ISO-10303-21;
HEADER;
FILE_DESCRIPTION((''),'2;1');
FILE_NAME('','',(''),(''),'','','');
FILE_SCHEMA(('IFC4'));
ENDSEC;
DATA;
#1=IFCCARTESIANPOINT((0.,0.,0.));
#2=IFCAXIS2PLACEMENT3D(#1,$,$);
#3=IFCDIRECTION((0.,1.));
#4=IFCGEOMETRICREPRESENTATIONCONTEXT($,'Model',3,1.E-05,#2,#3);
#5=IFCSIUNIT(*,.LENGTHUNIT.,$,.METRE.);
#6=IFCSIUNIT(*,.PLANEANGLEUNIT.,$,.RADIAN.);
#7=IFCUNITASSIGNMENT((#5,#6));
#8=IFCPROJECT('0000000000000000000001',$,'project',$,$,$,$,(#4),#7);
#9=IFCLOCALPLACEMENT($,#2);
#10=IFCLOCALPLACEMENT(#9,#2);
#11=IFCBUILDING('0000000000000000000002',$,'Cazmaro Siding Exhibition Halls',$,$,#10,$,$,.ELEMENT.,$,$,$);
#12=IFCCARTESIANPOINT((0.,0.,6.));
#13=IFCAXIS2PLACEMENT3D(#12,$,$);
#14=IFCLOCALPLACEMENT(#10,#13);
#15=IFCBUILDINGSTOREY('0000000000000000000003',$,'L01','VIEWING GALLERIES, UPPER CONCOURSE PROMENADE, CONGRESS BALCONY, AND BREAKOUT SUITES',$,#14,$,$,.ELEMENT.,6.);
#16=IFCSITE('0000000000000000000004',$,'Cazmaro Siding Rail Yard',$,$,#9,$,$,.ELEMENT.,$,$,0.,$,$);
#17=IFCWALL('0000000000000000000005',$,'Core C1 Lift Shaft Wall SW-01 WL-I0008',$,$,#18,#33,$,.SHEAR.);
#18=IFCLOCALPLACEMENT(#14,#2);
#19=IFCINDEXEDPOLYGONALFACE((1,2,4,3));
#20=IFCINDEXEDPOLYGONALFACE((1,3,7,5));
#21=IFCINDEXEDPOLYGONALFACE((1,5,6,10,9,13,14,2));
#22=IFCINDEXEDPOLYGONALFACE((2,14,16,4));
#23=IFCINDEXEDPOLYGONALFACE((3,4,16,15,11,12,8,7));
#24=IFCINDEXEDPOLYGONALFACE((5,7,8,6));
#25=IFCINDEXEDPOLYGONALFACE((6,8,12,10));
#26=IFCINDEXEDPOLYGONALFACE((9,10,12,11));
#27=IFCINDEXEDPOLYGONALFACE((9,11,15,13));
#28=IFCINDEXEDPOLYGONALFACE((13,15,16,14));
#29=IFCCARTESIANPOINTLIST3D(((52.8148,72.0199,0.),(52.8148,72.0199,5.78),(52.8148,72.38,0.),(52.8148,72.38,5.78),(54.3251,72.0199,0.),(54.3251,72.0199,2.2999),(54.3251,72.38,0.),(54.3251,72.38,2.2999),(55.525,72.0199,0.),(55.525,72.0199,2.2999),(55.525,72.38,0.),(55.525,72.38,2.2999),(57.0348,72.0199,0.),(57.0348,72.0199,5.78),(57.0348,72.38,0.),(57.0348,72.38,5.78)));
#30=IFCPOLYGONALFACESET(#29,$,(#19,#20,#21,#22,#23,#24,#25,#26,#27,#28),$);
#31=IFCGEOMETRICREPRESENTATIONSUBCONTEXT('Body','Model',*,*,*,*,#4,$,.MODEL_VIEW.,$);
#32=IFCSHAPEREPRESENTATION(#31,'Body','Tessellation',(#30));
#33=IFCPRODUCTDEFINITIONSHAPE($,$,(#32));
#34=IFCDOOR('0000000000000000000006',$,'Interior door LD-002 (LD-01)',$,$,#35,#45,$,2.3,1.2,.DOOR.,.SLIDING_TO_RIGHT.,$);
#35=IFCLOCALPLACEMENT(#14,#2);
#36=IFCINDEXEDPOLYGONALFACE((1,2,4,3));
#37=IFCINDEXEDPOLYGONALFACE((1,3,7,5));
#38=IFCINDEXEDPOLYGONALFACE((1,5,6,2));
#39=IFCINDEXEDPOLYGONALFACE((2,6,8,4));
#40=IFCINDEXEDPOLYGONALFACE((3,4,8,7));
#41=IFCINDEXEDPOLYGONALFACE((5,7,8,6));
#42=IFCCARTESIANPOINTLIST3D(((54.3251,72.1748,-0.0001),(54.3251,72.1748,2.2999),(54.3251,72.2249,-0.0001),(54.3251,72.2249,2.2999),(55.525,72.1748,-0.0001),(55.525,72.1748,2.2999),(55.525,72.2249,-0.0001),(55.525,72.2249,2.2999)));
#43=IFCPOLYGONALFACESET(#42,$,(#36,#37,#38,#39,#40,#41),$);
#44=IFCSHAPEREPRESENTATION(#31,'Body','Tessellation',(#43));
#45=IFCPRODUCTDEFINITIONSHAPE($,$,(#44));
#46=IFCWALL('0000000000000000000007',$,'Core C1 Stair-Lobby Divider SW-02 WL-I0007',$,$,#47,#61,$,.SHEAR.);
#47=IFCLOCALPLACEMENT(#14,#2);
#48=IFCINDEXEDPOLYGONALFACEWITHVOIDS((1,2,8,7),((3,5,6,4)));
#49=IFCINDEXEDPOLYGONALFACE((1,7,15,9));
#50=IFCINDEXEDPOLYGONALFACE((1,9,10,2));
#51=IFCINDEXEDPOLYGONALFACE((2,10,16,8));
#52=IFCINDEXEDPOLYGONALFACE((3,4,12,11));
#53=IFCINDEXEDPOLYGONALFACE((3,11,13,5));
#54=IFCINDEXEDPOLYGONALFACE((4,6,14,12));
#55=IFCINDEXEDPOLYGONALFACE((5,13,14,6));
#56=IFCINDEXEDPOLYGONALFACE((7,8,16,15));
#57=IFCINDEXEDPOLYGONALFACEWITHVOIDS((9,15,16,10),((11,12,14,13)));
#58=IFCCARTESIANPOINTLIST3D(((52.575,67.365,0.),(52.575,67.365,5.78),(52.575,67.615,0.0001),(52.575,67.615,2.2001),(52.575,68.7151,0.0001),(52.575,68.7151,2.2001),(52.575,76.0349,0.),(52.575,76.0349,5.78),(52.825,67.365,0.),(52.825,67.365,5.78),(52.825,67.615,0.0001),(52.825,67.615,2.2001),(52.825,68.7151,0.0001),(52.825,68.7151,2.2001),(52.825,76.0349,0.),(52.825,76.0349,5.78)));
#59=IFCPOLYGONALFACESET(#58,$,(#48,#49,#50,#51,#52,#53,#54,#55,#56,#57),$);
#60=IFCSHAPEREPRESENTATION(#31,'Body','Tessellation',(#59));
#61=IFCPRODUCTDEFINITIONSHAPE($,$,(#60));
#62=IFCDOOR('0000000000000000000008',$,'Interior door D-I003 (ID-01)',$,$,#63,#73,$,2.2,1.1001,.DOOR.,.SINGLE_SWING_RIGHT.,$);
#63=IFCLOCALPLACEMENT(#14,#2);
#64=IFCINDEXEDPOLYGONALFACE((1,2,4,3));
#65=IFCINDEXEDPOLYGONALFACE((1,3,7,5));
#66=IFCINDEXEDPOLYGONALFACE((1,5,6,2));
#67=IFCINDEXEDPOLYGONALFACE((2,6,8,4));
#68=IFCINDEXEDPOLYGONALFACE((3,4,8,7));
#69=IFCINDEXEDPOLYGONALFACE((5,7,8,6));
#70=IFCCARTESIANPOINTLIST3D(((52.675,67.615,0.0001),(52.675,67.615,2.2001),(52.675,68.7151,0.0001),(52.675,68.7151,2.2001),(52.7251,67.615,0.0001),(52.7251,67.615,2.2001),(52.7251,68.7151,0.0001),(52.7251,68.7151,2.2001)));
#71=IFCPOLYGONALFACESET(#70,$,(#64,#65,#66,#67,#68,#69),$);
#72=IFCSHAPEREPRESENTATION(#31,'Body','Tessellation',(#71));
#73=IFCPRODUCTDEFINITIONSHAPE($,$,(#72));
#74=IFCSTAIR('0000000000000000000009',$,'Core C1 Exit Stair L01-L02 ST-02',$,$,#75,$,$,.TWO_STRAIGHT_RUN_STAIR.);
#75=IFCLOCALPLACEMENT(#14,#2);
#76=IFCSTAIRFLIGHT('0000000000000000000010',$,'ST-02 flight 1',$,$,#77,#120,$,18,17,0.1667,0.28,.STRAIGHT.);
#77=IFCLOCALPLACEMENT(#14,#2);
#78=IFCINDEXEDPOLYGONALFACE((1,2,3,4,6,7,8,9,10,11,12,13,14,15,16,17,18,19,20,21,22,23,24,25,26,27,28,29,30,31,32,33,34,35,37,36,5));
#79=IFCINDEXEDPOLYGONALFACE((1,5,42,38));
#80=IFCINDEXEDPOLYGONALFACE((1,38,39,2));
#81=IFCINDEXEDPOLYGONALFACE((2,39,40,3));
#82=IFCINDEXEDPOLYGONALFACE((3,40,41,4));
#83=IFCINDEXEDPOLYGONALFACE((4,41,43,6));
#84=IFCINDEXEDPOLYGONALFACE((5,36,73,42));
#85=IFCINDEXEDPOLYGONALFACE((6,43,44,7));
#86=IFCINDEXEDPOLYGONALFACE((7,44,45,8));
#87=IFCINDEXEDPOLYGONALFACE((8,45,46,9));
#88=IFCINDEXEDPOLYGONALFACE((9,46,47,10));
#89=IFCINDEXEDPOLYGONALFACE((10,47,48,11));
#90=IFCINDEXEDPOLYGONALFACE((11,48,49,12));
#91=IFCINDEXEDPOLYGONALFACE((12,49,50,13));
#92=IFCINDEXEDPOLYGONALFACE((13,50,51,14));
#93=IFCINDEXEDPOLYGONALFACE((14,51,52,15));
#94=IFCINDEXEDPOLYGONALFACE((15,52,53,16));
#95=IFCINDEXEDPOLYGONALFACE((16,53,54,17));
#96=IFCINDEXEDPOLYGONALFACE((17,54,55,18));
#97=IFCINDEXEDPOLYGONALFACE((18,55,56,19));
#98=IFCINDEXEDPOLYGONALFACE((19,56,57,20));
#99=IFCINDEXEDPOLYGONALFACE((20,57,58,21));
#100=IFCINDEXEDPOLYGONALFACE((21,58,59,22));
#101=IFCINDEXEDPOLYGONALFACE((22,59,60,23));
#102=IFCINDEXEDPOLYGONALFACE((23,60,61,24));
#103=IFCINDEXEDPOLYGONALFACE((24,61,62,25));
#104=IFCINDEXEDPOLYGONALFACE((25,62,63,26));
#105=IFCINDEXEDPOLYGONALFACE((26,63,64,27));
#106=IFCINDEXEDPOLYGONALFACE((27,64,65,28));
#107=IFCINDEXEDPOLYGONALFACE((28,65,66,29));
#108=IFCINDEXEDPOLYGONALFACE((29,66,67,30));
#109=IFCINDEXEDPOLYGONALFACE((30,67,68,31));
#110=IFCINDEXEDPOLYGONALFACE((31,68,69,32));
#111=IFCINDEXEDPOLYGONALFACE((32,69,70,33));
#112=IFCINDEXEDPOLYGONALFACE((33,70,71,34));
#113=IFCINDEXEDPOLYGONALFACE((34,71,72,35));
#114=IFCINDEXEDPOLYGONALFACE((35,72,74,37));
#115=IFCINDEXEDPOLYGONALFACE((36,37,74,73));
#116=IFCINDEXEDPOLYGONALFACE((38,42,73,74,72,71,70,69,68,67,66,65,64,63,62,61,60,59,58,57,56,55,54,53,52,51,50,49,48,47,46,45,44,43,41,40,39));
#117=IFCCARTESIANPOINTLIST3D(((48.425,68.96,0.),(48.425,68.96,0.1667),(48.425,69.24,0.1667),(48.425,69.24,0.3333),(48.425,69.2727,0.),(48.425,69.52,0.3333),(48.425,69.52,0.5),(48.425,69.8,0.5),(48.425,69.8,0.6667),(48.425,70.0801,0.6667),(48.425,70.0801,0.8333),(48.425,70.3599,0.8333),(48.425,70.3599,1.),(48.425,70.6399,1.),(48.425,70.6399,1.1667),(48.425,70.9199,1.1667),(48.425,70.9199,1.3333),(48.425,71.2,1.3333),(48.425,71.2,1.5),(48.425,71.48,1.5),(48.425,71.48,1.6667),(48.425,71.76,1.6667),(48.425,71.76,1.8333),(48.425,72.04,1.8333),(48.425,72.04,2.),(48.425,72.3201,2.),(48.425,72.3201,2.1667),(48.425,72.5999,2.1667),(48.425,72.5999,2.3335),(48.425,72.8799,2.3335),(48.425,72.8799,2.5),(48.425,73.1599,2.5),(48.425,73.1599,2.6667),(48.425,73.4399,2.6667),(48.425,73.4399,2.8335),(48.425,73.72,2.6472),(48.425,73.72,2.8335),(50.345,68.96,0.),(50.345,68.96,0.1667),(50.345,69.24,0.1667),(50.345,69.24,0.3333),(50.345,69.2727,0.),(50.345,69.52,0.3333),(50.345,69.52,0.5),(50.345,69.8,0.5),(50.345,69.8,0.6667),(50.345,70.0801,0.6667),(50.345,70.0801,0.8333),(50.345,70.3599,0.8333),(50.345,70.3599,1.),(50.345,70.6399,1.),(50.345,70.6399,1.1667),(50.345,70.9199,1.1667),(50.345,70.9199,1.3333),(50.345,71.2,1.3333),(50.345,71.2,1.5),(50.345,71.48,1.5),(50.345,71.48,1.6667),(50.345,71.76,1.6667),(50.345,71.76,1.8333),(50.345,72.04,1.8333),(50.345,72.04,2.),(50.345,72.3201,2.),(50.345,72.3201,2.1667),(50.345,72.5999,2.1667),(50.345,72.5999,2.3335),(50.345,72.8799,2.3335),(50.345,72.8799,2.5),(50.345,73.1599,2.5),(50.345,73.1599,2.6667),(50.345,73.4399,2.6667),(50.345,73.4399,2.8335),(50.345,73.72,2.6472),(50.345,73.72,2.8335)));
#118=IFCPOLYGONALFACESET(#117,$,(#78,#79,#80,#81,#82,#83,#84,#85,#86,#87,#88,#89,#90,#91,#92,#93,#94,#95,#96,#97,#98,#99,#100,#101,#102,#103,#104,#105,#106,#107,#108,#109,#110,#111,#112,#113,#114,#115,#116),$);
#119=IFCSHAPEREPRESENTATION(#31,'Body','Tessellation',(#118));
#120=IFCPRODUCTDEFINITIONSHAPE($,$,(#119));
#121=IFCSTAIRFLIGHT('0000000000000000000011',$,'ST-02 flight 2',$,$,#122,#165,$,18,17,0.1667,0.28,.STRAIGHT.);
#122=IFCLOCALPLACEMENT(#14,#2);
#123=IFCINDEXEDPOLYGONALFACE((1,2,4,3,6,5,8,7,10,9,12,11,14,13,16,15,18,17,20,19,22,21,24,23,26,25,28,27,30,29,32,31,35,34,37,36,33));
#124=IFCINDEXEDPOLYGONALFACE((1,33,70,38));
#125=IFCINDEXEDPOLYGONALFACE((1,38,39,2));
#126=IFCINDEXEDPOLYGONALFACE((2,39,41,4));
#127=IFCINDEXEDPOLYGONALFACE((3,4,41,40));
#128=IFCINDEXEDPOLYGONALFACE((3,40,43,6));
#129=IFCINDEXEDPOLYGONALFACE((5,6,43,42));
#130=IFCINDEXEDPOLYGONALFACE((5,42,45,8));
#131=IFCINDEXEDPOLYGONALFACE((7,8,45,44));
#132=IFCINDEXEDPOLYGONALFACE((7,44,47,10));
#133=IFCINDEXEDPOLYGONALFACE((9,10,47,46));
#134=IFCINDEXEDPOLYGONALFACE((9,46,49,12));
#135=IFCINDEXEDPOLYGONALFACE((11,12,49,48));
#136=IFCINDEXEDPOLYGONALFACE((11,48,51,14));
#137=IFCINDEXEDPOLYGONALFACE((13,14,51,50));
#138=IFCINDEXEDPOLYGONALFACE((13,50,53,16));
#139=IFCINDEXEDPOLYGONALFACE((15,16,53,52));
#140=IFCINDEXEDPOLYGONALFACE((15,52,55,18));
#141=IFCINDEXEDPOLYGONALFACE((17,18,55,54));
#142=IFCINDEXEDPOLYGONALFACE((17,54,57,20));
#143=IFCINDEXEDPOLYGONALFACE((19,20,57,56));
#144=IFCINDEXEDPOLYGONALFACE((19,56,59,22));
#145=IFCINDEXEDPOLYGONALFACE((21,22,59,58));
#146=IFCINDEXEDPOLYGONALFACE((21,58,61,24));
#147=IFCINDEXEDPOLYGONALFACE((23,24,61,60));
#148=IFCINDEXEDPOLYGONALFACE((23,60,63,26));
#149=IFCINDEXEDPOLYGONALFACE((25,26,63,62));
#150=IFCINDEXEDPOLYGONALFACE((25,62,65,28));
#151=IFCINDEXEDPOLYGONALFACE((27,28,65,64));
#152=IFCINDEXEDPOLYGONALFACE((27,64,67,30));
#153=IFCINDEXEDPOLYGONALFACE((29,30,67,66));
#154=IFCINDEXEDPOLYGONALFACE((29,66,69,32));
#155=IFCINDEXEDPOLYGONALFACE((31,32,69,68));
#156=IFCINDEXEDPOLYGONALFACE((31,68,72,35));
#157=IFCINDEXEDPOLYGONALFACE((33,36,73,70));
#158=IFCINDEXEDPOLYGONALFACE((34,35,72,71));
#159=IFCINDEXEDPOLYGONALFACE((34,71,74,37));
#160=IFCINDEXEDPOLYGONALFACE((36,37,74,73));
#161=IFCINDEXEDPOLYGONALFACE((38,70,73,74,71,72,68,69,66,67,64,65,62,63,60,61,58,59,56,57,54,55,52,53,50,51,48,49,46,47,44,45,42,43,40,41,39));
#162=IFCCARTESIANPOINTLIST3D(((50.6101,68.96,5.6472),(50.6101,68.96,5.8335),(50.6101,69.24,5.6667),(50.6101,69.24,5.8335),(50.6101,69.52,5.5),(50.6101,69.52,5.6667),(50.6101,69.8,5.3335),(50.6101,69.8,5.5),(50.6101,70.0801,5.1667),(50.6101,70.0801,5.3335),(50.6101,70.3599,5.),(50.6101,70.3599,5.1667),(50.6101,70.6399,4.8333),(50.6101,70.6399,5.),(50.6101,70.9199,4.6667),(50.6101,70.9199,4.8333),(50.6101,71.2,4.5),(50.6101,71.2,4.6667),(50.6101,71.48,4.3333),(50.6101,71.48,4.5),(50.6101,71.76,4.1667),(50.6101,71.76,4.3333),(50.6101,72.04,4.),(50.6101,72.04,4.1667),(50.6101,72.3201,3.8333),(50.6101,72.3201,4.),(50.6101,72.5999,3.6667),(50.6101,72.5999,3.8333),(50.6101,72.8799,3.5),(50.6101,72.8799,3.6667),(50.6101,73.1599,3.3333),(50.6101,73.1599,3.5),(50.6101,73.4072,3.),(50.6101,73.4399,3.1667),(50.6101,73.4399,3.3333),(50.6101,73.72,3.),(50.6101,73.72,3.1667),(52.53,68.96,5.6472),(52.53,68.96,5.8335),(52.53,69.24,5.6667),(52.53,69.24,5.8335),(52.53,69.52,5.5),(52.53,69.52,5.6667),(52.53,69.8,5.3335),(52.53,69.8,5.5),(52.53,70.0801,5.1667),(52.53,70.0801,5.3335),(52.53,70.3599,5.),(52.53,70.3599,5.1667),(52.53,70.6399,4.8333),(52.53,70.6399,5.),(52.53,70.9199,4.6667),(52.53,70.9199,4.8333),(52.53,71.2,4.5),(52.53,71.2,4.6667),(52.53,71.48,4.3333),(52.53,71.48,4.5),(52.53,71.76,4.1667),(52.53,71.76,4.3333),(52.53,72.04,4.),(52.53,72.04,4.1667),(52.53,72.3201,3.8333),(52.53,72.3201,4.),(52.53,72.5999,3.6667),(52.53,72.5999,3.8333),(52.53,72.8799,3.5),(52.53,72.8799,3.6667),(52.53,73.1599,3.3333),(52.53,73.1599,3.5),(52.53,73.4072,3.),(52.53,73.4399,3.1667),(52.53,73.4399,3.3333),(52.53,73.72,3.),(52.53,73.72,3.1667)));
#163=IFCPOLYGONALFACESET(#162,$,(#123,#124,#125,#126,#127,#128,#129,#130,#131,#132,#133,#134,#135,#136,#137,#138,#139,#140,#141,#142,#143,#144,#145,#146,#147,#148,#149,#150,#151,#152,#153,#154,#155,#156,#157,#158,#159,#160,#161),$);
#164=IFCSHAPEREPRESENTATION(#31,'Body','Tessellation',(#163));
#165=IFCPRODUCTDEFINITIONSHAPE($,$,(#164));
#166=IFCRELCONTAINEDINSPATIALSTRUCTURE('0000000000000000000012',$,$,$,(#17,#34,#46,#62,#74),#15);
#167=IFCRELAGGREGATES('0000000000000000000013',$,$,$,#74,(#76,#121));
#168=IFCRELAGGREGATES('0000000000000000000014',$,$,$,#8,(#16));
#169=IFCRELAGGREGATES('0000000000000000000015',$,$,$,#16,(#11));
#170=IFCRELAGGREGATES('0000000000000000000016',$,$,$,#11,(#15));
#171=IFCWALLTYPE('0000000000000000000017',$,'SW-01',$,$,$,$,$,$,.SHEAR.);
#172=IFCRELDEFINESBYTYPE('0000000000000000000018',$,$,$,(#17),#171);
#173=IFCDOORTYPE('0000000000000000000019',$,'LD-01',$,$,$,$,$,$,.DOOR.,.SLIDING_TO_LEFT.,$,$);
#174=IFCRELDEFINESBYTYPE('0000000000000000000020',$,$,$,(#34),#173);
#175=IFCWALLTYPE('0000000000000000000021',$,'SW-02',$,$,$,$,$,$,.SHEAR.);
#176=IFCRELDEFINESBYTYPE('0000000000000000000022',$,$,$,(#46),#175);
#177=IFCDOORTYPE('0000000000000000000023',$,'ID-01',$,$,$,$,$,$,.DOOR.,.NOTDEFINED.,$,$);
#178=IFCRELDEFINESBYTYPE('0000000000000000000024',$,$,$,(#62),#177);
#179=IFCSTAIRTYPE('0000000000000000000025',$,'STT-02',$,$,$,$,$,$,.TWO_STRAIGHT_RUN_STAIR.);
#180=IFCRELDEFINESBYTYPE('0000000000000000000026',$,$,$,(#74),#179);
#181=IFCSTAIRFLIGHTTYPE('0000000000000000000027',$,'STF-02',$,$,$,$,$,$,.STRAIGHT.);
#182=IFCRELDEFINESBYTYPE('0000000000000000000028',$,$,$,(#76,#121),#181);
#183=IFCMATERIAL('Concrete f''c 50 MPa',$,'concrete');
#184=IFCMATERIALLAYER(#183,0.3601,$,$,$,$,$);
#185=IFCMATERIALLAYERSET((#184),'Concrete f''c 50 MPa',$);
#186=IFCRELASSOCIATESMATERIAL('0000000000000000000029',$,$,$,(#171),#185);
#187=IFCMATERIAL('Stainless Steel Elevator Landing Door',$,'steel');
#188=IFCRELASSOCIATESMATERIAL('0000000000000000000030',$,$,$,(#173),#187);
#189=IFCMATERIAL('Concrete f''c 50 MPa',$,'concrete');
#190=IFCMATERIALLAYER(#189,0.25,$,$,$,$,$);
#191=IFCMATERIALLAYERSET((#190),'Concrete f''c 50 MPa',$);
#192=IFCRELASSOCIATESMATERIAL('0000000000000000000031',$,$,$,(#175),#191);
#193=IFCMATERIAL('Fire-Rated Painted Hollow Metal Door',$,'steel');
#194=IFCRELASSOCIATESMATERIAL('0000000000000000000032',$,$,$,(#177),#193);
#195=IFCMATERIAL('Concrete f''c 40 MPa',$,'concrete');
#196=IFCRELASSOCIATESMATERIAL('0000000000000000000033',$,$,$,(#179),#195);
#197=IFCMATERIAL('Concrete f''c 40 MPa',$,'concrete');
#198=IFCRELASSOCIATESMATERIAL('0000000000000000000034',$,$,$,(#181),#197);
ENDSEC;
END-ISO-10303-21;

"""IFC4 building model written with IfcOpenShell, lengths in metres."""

from ifc_helpers import new_model, si_unit, direction, frame, frame_2d, origin, place, context, subcontext, project, spatial, polyline, rectangle, outline, extrude, material, layer, layer_set, type_object, element, fill, aggregate, save


model = new_model("IFC4")

# Units and contexts
model_context = context("Model", 3, precision=1e-05, world=origin(), true_north=direction((0.0, 1.0)))
body_context = subcontext(model_context, "Body", "Model", "MODEL_VIEW")
ifc_project = project(units=[si_unit("LENGTHUNIT", "METRE"), si_unit("PLANEANGLEUNIT", "RADIAN")], contexts=[model_context])

# Site, building, storey
site_placement = place(None, origin())
site = spatial("IfcSite", under=ifc_project, at=site_placement, Name="Cazmaro Siding Rail Yard", CompositionType="ELEMENT", RefElevation=0.0)
building_placement = place(site_placement, origin())
building = spatial("IfcBuilding", under=site, at=building_placement, Name="Cazmaro Siding Exhibition Halls", CompositionType="ELEMENT")
storey_placement = place(building_placement, frame((0.0, 0.0, 6.0)))
storey = spatial("IfcBuildingStorey", under=building, at=storey_placement, Name="L01", Description="VIEWING GALLERIES, UPPER CONCOURSE PROMENADE, CONGRESS BALCONY, AND BREAKOUT SUITES", CompositionType="ELEMENT", Elevation=6.0)

# Shared definitions
ifc_material_1 = material(Name="Concrete f'c 50 MPa", Category="concrete")
ifc_layer_1 = layer(ifc_material_1, 0.3601)
ifc_layer_set_1 = layer_set([ifc_layer_1], Name="Concrete f'c 50 MPa")
wall_type_1 = type_object("IfcWallType", Name="SW-01", PredefinedType="SHEAR", material=ifc_layer_set_1)

# Walls, openings, doors
wall_1_placement = place(storey_placement, frame((52.8149, 72.2, 0.0), z_axis=(0.0, 0.0, 1.0), x_axis=(1.0, 0.0, 0.0)))
wall_1 = element("IfcWall", 1, at=wall_1_placement, inside=storey, type_object=wall_type_1, Name="Core C1 Lift Shaft Wall SW-01 WL-I0008", PredefinedType="SHEAR", context=body_context, shape_type="SweptSolid", body=[
    extrude(rectangle(XDim=4.22, YDim=0.3601, at=frame_2d((2.1099, 0.0))), origin(), (0.0, 0.0, 1.0), 5.78),
])
opening_1_placement = place(wall_1_placement, frame((1.51, 0.0, 0.0)))
opening_1 = element("IfcOpeningElement", 2, at=opening_1_placement, cuts=wall_1, PredefinedType="OPENING", context=body_context, shape_type="SweptSolid", body=[
    extrude(rectangle(XDim=1.2, YDim=2.3, at=frame_2d((0.6001, 1.1499))), frame((0.0, 0.1899, 0.0), z_axis=(0.0, -1.0, 0.0), x_axis=(1.0, 0.0, 0.0)), (0.0, 0.0, 1.0), 0.3801),
])
ifc_material_2 = material(Name="Stainless Steel Elevator Landing Door", Category="steel")
door_type_1 = type_object("IfcDoorType", Name="LD-01", OperationType="SLIDING_TO_LEFT", PredefinedType="DOOR", material=ifc_material_2)
door_1_placement = place(opening_1_placement, origin())
door_1 = element("IfcDoor", 3, at=door_1_placement, inside=storey, type_object=door_type_1, Name="Interior door LD-002 (LD-01)", OperationType="SLIDING_TO_RIGHT", OverallHeight=2.3, OverallWidth=1.2, PredefinedType="DOOR", context=body_context, shape_type="SweptSolid", body=[
    extrude(rectangle(XDim=1.2, YDim=2.3, at=frame_2d((0.6001, 1.1499))), frame((0.0, 0.0249, 0.0), z_axis=(0.0, -1.0, 0.0), x_axis=(1.0, 0.0, 0.0)), (0.0, 0.0, 1.0), 0.05),
])
fill(opening_1, door_1)
ifc_material_3 = material(Name="Concrete f'c 50 MPa", Category="concrete")
ifc_layer_2 = layer(ifc_material_3, 0.25)
ifc_layer_set_2 = layer_set([ifc_layer_2], Name="Concrete f'c 50 MPa")
wall_type_2 = type_object("IfcWallType", Name="SW-02", PredefinedType="SHEAR", material=ifc_layer_set_2)
wall_2_placement = place(storey_placement, frame((52.7, 67.365, 0.0), z_axis=(0.0, 0.0, 1.0), x_axis=(0.0, 1.0, 0.0)))
wall_2 = element("IfcWall", 4, at=wall_2_placement, inside=storey, type_object=wall_type_2, Name="Core C1 Stair-Lobby Divider SW-02 WL-I0007", PredefinedType="SHEAR", context=body_context, shape_type="SweptSolid", body=[
    extrude(rectangle(XDim=8.6699, YDim=0.25, at=frame_2d((4.335, 0.0))), origin(), (0.0, 0.0, 1.0), 5.78),
])
opening_2_placement = place(wall_2_placement, frame((0.25, 0.0, 0.0)))
opening_2 = element("IfcOpeningElement", 5, at=opening_2_placement, cuts=wall_2, PredefinedType="OPENING", context=body_context, shape_type="SweptSolid", body=[
    extrude(rectangle(XDim=1.1001, YDim=2.2, at=frame_2d((0.55, 1.1001))), frame((0.0, 0.135, 0.0), z_axis=(0.0, -1.0, 0.0), x_axis=(1.0, 0.0, 0.0)), (0.0, 0.0, 1.0), 0.27),
])
ifc_material_4 = material(Name="Fire-Rated Painted Hollow Metal Door", Category="steel")
door_type_2 = type_object("IfcDoorType", Name="ID-01", OperationType="NOTDEFINED", PredefinedType="DOOR", material=ifc_material_4)
door_2_placement = place(opening_2_placement, origin())
door_2 = element("IfcDoor", 6, at=door_2_placement, inside=storey, type_object=door_type_2, Name="Interior door D-I003 (ID-01)", OperationType="SINGLE_SWING_RIGHT", OverallHeight=2.2, OverallWidth=1.1001, PredefinedType="DOOR", context=body_context, shape_type="SweptSolid", body=[
    extrude(rectangle(XDim=1.1001, YDim=2.2, at=frame_2d((0.55, 1.1001))), frame((0.0, 0.0249, 0.0), z_axis=(0.0, -1.0, 0.0), x_axis=(1.0, 0.0, 0.0)), (0.0, 0.0, 1.0), 0.05),
])
fill(opening_2, door_2)

# Stair, stair flights
ifc_material_5 = material(Name="Concrete f'c 40 MPa", Category="concrete")
stair_type = type_object("IfcStairType", Name="STT-02", PredefinedType="TWO_STRAIGHT_RUN_STAIR", material=ifc_material_5)
stair_placement = place(storey_placement, origin())
stair = element("IfcStair", 7, at=stair_placement, inside=storey, type_object=stair_type, Name="Core C1 Exit Stair L01-L02 ST-02", PredefinedType="TWO_STRAIGHT_RUN_STAIR")
ifc_material_6 = material(Name="Concrete f'c 40 MPa", Category="concrete")
stair_flight_type = type_object("IfcStairFlightType", Name="STF-02", PredefinedType="STRAIGHT", material=ifc_material_6)
stair_flight_1_placement = place(storey_placement, frame((49.385, 68.96, 0.0), z_axis=(0.0, 0.0, 1.0), x_axis=(0.0, 1.0, 0.0)))
stair_flight_1 = element("IfcStairFlight", 8, at=stair_flight_1_placement, type_object=stair_flight_type, Name="ST-02 flight 1", NumberOfRisers=18, NumberOfTreads=17, PredefinedType="STRAIGHT", RiserHeight=0.1667, TreadLength=0.28, context=body_context, shape_type="SweptSolid", body=[
    extrude(outline(polyline([(0.0, 0.0), (0.0, 0.1667), (0.28, 0.1667), (0.28, 0.3333), (0.5601, 0.3333), (0.5601, 0.5), (0.8401, 0.5), (0.8401, 0.6667), (1.1201, 0.6667), (1.1201, 0.8333), (1.3999, 0.8333), (1.3999, 1.0), (1.6799, 1.0), (1.6799, 1.1667), (1.96, 1.1667), (1.96, 1.3333), (2.24, 1.3333), (2.24, 1.5), (2.52, 1.5), (2.52, 1.6667), (2.8, 1.6667), (2.8, 1.8333), (3.0801, 1.8333), (3.0801, 2.0), (3.3601, 2.0), (3.3601, 2.1667), (3.6399, 2.1667), (3.6399, 2.3335), (3.9199, 2.3335), (3.9199, 2.5), (4.2, 2.5), (4.2, 2.6667), (4.48, 2.6667), (4.48, 2.8335), (4.76, 2.8335), (4.76, 3.0), (4.76, 2.6472), (0.3127, 0.0), (0.0, 0.0)])), frame((0.0, 0.96, 0.0), z_axis=(0.0, -1.0, 0.0), x_axis=(1.0, 0.0, 0.0)), (0.0, 0.0, 1.0), 1.9199),
])
stair_flight_2_placement = place(storey_placement, frame((51.5701, 73.72, 3.0), z_axis=(0.0, 0.0, 1.0), x_axis=(0.0, -1.0, 0.0)))
stair_flight_2 = element("IfcStairFlight", 9, at=stair_flight_2_placement, type_object=stair_flight_type, Name="ST-02 flight 2", NumberOfRisers=18, NumberOfTreads=17, PredefinedType="STRAIGHT", RiserHeight=0.1667, TreadLength=0.28, context=body_context, shape_type="SweptSolid", body=[
    extrude(outline(polyline([(0.0, 0.0), (0.0, 0.1667), (0.28, 0.1667), (0.28, 0.3333), (0.5601, 0.3333), (0.5601, 0.5), (0.8401, 0.5), (0.8401, 0.6667), (1.1201, 0.6667), (1.1201, 0.8333), (1.3999, 0.8333), (1.3999, 1.0), (1.6799, 1.0), (1.6799, 1.1667), (1.96, 1.1667), (1.96, 1.3333), (2.24, 1.3333), (2.24, 1.5), (2.52, 1.5), (2.52, 1.6667), (2.8, 1.6667), (2.8, 1.8333), (3.0801, 1.8333), (3.0801, 2.0), (3.3601, 2.0), (3.3601, 2.1667), (3.6399, 2.1667), (3.6399, 2.3335), (3.9199, 2.3335), (3.9199, 2.5), (4.2, 2.5), (4.2, 2.6667), (4.48, 2.6667), (4.48, 2.8335), (4.76, 2.8335), (4.76, 3.0), (4.76, 2.6472), (0.3127, 0.0), (0.0, 0.0)])), frame((0.0, 0.96, 0.0), z_axis=(0.0, -1.0, 0.0), x_axis=(1.0, 0.0, 0.0)), (0.0, 0.0, 1.0), 1.9199),
])
aggregate(stair, [stair_flight_1, stair_flight_2])

save(model, "model.ifc")
